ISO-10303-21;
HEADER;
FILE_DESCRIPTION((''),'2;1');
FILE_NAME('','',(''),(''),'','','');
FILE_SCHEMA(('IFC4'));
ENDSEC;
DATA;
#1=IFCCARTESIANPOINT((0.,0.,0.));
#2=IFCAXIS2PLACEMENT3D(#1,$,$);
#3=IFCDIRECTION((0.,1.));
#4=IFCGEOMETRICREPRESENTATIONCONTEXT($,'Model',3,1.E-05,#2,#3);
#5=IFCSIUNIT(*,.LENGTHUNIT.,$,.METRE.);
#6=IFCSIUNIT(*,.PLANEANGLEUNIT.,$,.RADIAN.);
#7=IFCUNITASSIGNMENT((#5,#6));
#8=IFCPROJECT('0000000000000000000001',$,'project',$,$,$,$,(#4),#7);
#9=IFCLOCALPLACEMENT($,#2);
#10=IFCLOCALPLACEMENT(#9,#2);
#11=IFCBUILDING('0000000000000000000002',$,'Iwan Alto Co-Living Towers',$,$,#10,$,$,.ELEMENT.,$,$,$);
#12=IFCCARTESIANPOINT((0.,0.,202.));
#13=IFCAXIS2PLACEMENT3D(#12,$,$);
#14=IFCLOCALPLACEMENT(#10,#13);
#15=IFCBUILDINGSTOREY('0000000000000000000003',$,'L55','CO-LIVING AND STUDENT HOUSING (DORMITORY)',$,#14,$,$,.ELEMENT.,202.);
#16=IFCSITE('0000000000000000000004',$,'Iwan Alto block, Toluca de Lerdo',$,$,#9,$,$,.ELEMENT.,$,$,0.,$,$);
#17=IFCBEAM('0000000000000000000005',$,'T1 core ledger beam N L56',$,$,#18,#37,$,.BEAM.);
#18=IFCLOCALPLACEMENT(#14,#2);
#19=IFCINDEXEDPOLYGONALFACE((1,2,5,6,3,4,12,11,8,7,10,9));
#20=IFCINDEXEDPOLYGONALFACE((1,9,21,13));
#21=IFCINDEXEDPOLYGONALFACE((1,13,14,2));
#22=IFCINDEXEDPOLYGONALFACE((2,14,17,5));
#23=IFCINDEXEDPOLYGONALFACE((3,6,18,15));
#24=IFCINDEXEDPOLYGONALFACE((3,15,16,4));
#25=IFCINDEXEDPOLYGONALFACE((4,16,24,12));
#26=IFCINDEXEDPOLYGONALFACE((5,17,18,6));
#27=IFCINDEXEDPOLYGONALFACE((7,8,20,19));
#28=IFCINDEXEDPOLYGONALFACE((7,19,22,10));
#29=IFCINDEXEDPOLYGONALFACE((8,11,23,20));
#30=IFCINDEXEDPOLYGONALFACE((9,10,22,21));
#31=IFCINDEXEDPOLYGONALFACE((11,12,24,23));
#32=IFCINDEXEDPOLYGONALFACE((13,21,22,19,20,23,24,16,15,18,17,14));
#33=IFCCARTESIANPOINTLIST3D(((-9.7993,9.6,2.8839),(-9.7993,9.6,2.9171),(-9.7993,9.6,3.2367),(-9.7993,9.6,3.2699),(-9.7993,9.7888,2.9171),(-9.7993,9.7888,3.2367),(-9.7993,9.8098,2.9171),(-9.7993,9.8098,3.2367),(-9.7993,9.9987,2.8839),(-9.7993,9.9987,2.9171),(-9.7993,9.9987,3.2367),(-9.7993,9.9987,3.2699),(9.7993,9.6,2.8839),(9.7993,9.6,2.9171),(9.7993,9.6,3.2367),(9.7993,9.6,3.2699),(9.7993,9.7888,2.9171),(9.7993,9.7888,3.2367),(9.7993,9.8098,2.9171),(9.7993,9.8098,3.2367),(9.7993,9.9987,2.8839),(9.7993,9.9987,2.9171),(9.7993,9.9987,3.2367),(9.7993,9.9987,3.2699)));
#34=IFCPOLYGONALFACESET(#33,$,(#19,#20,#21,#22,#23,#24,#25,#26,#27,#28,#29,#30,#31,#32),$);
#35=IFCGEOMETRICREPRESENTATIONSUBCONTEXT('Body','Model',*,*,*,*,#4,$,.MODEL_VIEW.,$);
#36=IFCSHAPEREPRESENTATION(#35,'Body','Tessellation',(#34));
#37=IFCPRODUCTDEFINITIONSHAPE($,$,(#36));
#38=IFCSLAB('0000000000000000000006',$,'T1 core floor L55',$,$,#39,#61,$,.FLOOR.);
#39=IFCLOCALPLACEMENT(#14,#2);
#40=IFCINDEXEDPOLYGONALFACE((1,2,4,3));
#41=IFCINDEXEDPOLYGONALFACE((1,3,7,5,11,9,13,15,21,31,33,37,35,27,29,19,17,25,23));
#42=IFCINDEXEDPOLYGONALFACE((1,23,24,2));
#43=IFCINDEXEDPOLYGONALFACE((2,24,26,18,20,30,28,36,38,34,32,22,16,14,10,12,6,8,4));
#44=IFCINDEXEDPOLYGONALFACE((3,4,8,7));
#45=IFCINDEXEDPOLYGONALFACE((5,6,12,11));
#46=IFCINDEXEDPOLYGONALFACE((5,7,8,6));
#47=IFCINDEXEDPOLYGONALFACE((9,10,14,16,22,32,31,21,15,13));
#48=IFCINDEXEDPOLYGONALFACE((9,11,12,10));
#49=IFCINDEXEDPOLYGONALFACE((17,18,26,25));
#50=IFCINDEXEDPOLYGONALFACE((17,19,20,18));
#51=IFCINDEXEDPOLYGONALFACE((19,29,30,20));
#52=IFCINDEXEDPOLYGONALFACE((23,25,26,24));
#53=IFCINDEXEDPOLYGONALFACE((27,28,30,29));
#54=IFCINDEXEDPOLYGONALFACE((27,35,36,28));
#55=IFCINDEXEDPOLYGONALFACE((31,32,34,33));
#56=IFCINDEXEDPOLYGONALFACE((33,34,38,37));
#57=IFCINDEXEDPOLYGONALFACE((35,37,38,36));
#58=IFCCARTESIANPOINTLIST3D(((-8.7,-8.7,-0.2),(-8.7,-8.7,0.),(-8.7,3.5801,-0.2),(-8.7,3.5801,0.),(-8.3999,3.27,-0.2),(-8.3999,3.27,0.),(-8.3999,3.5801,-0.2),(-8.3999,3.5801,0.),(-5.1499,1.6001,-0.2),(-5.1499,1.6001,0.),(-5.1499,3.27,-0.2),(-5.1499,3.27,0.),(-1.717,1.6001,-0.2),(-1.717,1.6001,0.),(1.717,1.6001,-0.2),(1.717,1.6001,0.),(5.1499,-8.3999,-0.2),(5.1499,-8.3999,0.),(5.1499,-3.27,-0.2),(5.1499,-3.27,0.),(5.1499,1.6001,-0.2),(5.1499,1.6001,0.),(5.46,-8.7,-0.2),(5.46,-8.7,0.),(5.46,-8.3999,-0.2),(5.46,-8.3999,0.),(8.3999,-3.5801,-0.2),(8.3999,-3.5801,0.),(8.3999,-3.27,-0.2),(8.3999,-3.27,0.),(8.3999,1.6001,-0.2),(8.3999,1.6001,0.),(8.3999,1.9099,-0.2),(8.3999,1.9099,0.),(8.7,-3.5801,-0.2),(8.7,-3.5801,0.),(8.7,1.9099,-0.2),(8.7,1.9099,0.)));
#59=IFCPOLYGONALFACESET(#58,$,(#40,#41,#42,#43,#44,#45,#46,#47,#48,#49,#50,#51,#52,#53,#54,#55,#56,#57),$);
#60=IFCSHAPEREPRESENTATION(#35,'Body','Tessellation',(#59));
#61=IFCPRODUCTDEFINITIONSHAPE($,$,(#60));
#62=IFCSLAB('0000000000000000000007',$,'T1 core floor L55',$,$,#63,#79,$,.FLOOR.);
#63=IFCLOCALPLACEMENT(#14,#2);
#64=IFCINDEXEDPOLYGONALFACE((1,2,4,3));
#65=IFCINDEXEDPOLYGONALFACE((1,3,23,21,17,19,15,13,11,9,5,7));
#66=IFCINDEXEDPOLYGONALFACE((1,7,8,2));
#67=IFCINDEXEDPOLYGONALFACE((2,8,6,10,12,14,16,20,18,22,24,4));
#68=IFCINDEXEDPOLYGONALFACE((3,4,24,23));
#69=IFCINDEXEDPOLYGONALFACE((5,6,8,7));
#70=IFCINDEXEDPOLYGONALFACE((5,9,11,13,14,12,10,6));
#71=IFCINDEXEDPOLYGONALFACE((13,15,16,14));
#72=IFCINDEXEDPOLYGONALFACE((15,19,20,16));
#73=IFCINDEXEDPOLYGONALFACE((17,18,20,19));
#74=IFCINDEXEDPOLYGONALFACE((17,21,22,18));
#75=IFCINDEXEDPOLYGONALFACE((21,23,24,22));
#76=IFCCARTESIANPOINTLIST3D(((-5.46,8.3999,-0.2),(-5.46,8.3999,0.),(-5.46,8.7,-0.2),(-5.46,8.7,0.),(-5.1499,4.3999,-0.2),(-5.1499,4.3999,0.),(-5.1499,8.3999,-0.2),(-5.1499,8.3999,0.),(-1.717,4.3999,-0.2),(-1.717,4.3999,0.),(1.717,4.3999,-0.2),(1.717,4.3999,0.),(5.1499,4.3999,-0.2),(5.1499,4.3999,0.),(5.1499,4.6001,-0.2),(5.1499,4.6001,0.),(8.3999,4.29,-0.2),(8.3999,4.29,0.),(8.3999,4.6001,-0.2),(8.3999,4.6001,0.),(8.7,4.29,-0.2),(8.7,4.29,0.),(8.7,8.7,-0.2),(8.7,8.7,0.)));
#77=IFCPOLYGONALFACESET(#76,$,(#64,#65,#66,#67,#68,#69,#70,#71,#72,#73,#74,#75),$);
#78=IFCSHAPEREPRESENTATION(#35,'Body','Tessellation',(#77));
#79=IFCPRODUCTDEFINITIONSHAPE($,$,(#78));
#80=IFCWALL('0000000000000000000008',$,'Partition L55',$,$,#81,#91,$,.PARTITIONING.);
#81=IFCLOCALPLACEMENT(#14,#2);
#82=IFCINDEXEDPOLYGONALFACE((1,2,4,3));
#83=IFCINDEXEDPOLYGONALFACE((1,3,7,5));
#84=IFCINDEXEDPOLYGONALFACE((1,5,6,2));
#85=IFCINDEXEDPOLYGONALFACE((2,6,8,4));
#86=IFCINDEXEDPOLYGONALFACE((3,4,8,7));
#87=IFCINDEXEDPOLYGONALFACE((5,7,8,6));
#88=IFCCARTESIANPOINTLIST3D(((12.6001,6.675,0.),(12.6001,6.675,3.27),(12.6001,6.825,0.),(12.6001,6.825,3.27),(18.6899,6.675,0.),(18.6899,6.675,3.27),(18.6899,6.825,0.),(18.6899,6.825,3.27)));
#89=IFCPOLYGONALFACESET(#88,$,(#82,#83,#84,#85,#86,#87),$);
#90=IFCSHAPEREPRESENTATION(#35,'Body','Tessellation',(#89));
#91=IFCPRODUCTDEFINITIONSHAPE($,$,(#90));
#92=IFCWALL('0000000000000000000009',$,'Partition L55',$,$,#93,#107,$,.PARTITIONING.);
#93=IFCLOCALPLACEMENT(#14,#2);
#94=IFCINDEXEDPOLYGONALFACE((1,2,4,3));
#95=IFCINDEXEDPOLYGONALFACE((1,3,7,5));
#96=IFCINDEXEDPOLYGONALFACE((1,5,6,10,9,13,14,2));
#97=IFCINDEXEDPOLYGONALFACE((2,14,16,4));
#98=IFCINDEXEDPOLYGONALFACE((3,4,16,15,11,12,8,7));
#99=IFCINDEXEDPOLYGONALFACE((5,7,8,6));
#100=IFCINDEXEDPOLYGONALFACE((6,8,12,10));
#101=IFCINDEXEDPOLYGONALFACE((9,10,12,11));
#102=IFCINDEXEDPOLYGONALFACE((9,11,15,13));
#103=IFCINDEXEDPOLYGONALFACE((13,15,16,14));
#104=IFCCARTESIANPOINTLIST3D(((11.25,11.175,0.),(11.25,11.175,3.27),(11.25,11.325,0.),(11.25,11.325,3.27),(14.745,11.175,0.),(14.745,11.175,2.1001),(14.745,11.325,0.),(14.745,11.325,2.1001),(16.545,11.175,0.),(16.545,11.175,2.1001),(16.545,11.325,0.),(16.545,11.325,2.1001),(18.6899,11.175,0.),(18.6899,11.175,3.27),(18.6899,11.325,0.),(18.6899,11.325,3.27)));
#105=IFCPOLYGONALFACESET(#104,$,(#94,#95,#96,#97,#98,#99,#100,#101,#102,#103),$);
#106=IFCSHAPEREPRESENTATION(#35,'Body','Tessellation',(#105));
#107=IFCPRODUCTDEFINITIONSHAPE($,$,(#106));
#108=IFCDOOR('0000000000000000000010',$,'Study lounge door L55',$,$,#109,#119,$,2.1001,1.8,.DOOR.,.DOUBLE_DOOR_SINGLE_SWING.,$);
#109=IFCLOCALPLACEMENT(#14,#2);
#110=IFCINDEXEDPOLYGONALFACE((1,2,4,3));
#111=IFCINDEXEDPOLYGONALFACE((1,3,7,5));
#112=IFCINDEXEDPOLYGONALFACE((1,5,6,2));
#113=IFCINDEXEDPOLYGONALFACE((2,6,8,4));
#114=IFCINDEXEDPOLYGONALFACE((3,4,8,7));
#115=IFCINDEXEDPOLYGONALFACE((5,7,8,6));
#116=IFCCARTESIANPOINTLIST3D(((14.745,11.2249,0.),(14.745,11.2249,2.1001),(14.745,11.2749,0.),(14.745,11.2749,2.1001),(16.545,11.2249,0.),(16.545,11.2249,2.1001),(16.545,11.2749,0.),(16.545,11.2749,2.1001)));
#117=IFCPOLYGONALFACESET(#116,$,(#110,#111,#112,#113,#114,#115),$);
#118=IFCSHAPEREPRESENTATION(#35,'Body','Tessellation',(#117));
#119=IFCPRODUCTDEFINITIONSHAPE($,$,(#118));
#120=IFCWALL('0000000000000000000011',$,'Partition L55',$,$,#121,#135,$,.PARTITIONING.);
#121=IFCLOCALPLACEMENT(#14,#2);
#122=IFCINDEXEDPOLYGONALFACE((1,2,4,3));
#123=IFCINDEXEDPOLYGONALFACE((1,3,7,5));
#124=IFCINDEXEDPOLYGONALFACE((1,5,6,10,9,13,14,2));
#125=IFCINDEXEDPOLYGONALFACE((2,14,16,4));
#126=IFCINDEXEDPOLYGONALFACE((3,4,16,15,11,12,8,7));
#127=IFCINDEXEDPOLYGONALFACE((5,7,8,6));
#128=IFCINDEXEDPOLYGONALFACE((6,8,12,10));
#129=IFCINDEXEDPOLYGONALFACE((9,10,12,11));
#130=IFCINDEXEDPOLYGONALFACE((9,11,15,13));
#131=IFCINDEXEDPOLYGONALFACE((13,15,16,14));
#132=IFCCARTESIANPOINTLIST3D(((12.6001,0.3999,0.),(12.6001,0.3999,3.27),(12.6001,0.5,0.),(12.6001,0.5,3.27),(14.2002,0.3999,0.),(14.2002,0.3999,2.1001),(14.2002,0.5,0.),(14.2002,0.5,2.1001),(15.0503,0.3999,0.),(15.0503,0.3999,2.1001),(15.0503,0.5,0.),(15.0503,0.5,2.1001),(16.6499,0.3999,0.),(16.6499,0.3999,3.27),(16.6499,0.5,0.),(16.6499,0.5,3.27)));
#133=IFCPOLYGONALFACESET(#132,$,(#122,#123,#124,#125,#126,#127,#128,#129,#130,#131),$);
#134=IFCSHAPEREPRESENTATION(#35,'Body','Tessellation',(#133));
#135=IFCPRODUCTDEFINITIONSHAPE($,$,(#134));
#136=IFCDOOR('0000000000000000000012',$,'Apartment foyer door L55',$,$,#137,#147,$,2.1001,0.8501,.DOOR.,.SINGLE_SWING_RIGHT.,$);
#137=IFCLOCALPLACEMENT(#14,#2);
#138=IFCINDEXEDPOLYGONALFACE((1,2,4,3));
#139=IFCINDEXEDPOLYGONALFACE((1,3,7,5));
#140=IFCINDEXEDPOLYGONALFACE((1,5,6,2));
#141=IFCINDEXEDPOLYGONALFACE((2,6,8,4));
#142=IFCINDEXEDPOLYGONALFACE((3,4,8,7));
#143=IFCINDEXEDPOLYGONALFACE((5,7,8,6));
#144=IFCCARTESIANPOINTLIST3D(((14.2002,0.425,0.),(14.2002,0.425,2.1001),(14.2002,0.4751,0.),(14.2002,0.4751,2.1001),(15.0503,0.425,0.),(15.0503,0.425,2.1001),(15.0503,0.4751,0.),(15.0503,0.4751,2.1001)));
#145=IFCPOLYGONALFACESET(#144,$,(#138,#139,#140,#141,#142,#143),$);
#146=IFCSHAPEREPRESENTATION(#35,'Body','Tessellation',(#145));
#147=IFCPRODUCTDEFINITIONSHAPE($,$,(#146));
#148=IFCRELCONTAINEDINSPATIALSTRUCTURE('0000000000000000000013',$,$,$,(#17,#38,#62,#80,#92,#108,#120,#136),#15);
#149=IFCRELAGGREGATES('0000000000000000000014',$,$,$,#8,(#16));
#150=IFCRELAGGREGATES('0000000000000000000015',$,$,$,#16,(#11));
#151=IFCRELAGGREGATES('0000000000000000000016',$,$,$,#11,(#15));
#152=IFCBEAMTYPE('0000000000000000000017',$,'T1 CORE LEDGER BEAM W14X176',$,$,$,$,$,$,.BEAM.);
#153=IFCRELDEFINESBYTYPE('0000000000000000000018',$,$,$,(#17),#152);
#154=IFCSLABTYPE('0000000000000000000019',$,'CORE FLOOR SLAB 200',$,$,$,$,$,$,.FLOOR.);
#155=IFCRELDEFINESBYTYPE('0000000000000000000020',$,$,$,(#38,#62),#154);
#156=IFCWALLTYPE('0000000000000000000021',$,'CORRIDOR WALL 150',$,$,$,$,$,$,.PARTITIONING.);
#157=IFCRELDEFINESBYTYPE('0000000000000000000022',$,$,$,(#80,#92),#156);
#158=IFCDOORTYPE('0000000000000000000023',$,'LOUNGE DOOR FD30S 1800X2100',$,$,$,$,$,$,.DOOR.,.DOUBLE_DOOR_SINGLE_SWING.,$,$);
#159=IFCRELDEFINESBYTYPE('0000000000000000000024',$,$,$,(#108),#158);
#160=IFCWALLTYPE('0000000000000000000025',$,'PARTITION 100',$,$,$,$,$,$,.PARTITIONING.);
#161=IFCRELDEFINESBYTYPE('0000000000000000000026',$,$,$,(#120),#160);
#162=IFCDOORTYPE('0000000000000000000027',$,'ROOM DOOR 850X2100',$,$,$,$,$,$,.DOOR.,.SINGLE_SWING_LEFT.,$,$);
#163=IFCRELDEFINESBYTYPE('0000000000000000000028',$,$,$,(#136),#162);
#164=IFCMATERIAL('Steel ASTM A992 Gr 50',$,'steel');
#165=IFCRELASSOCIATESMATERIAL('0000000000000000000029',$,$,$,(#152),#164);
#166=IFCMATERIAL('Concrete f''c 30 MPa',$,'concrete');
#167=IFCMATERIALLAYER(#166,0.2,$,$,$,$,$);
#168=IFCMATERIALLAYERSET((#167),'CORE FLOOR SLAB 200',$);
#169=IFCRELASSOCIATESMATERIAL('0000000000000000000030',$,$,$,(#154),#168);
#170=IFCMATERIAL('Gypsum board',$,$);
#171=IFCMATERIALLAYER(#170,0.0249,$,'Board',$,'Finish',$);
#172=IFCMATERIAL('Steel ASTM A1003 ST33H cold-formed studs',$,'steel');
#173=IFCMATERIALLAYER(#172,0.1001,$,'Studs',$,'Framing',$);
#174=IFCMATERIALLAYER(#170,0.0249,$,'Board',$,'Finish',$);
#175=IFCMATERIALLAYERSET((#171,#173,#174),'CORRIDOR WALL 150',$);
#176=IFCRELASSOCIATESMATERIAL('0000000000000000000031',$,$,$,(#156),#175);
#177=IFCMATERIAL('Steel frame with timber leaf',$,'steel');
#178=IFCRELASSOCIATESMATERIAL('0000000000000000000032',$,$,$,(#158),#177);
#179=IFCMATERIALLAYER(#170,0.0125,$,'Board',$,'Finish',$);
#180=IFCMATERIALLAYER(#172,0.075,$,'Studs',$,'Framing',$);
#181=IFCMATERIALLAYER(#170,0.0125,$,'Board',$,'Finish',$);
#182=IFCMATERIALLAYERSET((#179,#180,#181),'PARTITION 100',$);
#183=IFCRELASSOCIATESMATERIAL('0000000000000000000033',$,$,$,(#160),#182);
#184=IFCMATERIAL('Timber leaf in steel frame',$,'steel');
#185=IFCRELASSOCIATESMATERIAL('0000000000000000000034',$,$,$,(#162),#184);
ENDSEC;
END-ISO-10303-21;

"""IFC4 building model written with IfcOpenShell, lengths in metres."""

from ifc_helpers import new_model, si_unit, direction, frame, frame_2d, origin, origin_2d, place, context, subcontext, project, spatial, polyline, rectangle, i_section, outline, extrude, material, layer, layer_set, material_profile, profile_set, type_object, element, fill, save


model = new_model("IFC4")

# Units and contexts
model_context = context("Model", 3, precision=1e-05, world=origin(), true_north=direction((0.0, 1.0)))
body_context = subcontext(model_context, "Body", "Model", "MODEL_VIEW")
ifc_project = project(units=[si_unit("LENGTHUNIT", "METRE"), si_unit("PLANEANGLEUNIT", "RADIAN")], contexts=[model_context])

# Site, building, storey
site_placement = place(None, origin())
site = spatial("IfcSite", under=ifc_project, at=site_placement, Name="Iwan Alto block, Toluca de Lerdo", CompositionType="ELEMENT", RefElevation=0.0)
building_placement = place(site_placement, origin())
building = spatial("IfcBuilding", under=site, at=building_placement, Name="Iwan Alto Co-Living Towers", CompositionType="ELEMENT")
storey_placement = place(building_placement, frame((0.0, 0.0, 202.0)))
storey = spatial("IfcBuildingStorey", under=building, at=storey_placement, Name="L55", Description="CO-LIVING AND STUDENT HOUSING (DORMITORY)", CompositionType="ELEMENT", Elevation=202.0)

# Beam
ifc_material_1 = material(Name="Steel ASTM A992 Gr 50", Category="steel")
ifc_material_profile = material_profile(ifc_material_1, i_section(OverallWidth=0.3987, OverallDepth=0.386, WebThickness=0.021, FlangeThickness=0.0332, at=origin_2d()), Name="W14X176")
ifc_profile_set = profile_set([ifc_material_profile], Name="Steel ASTM A992 Gr 50")
beam_type = type_object("IfcBeamType", Name="T1 CORE LEDGER BEAM W14X176", PredefinedType="BEAM", material=ifc_profile_set)
beam_placement = place(storey_placement, frame((9.7993, 9.7993, 3.0769), z_axis=(-1.0, 0.0, 0.0), x_axis=(0.0, -1.0, 0.0)))
element("IfcBeam", 1, at=beam_placement, inside=storey, type_object=beam_type, Name="T1 core ledger beam N L56", PredefinedType="BEAM", context=body_context, shape_type="SweptSolid", body=[
    extrude(i_section(OverallWidth=0.3987, OverallDepth=0.386, WebThickness=0.021, FlangeThickness=0.0332, at=origin_2d()), origin(), (0.0, 0.0, 1.0), 19.5986),
])

# Slabs
ifc_material_2 = material(Name="Concrete f'c 30 MPa", Category="concrete")
ifc_layer_1 = layer(ifc_material_2, 0.2)
ifc_layer_set_1 = layer_set([ifc_layer_1], Name="CORE FLOOR SLAB 200")
slab_type = type_object("IfcSlabType", Name="CORE FLOOR SLAB 200", PredefinedType="FLOOR", material=ifc_layer_set_1)
slab_1_placement = place(storey_placement, frame((0.0, 0.0, -0.2)))
element("IfcSlab", 2, at=slab_1_placement, inside=storey, type_object=slab_type, Name="T1 core floor L55", PredefinedType="FLOOR", context=body_context, shape_type="SweptSolid", body=[
    extrude(outline(polyline([(5.1499, -8.3999), (5.46, -8.3999), (5.46, -8.7), (-8.7, -8.7), (-8.7, 3.5801), (-8.3999, 3.5801), (-8.3999, 3.27), (-5.1499, 3.27), (-5.1499, 1.6001), (-1.717, 1.6001), (1.717, 1.6001), (5.1499, 1.6001), (8.3999, 1.6001), (8.3999, 1.9099), (8.7, 1.9099), (8.7, -3.5801), (8.3999, -3.5801), (8.3999, -3.27), (5.1499, -3.27), (5.1499, -8.3999)])), origin(), (0.0, 0.0, 1.0), 0.2),
])
slab_2_placement = place(storey_placement, frame((0.0, 0.0, -0.2)))
element("IfcSlab", 3, at=slab_2_placement, inside=storey, type_object=slab_type, Name="T1 core floor L55", PredefinedType="FLOOR", context=body_context, shape_type="SweptSolid", body=[
    extrude(outline(polyline([(1.717, 4.3999), (-1.717, 4.3999), (-5.1499, 4.3999), (-5.1499, 8.3999), (-5.46, 8.3999), (-5.46, 8.7), (8.7, 8.7), (8.7, 4.29), (8.3999, 4.29), (8.3999, 4.6001), (5.1499, 4.6001), (5.1499, 4.3999), (1.717, 4.3999)])), origin(), (0.0, 0.0, 1.0), 0.2),
])

# Wall
ifc_material_3 = material(Name="Gypsum board")
ifc_layer_2 = layer(ifc_material_3, 0.0249, Name="Board", Category="Finish")
ifc_material_4 = material(Name="Steel ASTM A1003 ST33H cold-formed studs", Category="steel")
ifc_layer_3 = layer(ifc_material_4, 0.1001, Name="Studs", Category="Framing")
ifc_layer_4 = layer(ifc_material_3, 0.0249, Name="Board", Category="Finish")
ifc_layer_set_2 = layer_set([ifc_layer_2, ifc_layer_3, ifc_layer_4], Name="CORRIDOR WALL 150")
wall_type_1 = type_object("IfcWallType", Name="CORRIDOR WALL 150", PredefinedType="PARTITIONING", material=ifc_layer_set_2)
wall_1_placement = place(storey_placement, frame((12.6001, 6.75, 0.0), z_axis=(0.0, 0.0, 1.0), x_axis=(1.0, 0.0, 0.0)))
element("IfcWall", 4, at=wall_1_placement, inside=storey, type_object=wall_type_1, Name="Partition L55", PredefinedType="PARTITIONING", context=body_context, shape_type="SweptSolid", body=[
    extrude(rectangle(XDim=6.0898, YDim=0.1499, at=frame_2d((3.0449, 0.0))), origin(), (0.0, 0.0, 1.0), 3.27),
])

# Walls, openings, doors
wall_2_placement = place(storey_placement, frame((11.25, 11.25, 0.0), z_axis=(0.0, 0.0, 1.0), x_axis=(1.0, 0.0, 0.0)))
wall_2 = element("IfcWall", 5, at=wall_2_placement, inside=storey, type_object=wall_type_1, Name="Partition L55", PredefinedType="PARTITIONING", context=body_context, shape_type="SweptSolid", body=[
    extrude(rectangle(XDim=7.4399, YDim=0.1499, at=frame_2d((3.72, 0.0))), origin(), (0.0, 0.0, 1.0), 3.27),
])
opening_1_placement = place(wall_2_placement, frame((3.4951, 0.0, 0.0)))
opening_1 = element("IfcOpeningElement", 6, at=opening_1_placement, cuts=wall_2, PredefinedType="OPENING", context=body_context, shape_type="SweptSolid", body=[
    extrude(rectangle(XDim=1.8, YDim=2.1001, at=frame_2d((0.8999, 1.05))), frame((0.0, 0.085, 0.0), z_axis=(0.0, -1.0, 0.0), x_axis=(1.0, 0.0, 0.0)), (0.0, 0.0, 1.0), 0.1699),
])
ifc_material_5 = material(Name="Steel frame with timber leaf", Category="steel")
door_type_1 = type_object("IfcDoorType", Name="LOUNGE DOOR FD30S 1800X2100", OperationType="DOUBLE_DOOR_SINGLE_SWING", PredefinedType="DOOR", material=ifc_material_5)
door_1_placement = place(opening_1_placement, origin())
door_1 = element("IfcDoor", 7, at=door_1_placement, inside=storey, type_object=door_type_1, Name="Study lounge door L55", OperationType="DOUBLE_DOOR_SINGLE_SWING", OverallHeight=2.1001, OverallWidth=1.8, PredefinedType="DOOR", context=body_context, shape_type="SweptSolid", body=[
    extrude(rectangle(XDim=1.8, YDim=2.1001, at=frame_2d((0.8999, 1.05))), frame((0.0, 0.0249, 0.0), z_axis=(0.0, -1.0, 0.0), x_axis=(1.0, 0.0, 0.0)), (0.0, 0.0, 1.0), 0.05),
])
fill(opening_1, door_1)
ifc_layer_5 = layer(ifc_material_3, 0.0125, Name="Board", Category="Finish")
ifc_layer_6 = layer(ifc_material_4, 0.075, Name="Studs", Category="Framing")
ifc_layer_7 = layer(ifc_material_3, 0.0125, Name="Board", Category="Finish")
ifc_layer_set_3 = layer_set([ifc_layer_5, ifc_layer_6, ifc_layer_7], Name="PARTITION 100")
wall_type_2 = type_object("IfcWallType", Name="PARTITION 100", PredefinedType="PARTITIONING", material=ifc_layer_set_3)
wall_3_placement = place(storey_placement, frame((12.6001, 0.45, 0.0), z_axis=(0.0, 0.0, 1.0), x_axis=(1.0, 0.0, 0.0)))
wall_3 = element("IfcWall", 8, at=wall_3_placement, inside=storey, type_object=wall_type_2, Name="Partition L55", PredefinedType="PARTITIONING", context=body_context, shape_type="SweptSolid", body=[
    extrude(rectangle(XDim=4.0498, YDim=0.1001, at=frame_2d((2.0249, 0.0))), origin(), (0.0, 0.0, 1.0), 3.27),
])
opening_2_placement = place(wall_3_placement, frame((1.6001, 0.0, 0.0)))
opening_2 = element("IfcOpeningElement", 9, at=opening_2_placement, cuts=wall_3, PredefinedType="OPENING", context=body_context, shape_type="SweptSolid", body=[
    extrude(rectangle(XDim=0.8501, YDim=2.1001, at=frame_2d((0.425, 1.05))), frame((0.0, 0.0601, 0.0), z_axis=(0.0, -1.0, 0.0), x_axis=(1.0, 0.0, 0.0)), (0.0, 0.0, 1.0), 0.1201),
])
ifc_material_6 = material(Name="Timber leaf in steel frame", Category="steel")
door_type_2 = type_object("IfcDoorType", Name="ROOM DOOR 850X2100", OperationType="SINGLE_SWING_LEFT", PredefinedType="DOOR", material=ifc_material_6)
door_2_placement = place(opening_2_placement, frame((0.8501, 0.0, 0.0), z_axis=(0.0, 0.0, 1.0), x_axis=(-1.0, 0.0, 0.0)))
door_2 = element("IfcDoor", 10, at=door_2_placement, inside=storey, type_object=door_type_2, Name="Apartment foyer door L55", OperationType="SINGLE_SWING_RIGHT", OverallHeight=2.1001, OverallWidth=0.8501, PredefinedType="DOOR", context=body_context, shape_type="SweptSolid", body=[
    extrude(rectangle(XDim=0.8501, YDim=2.1001, at=frame_2d((0.425, 1.05))), frame((0.0, 0.0249, 0.0), z_axis=(0.0, -1.0, 0.0), x_axis=(1.0, 0.0, 0.0)), (0.0, 0.0, 1.0), 0.05),
])
fill(opening_2, door_2)

save(model, "model.ifc")
